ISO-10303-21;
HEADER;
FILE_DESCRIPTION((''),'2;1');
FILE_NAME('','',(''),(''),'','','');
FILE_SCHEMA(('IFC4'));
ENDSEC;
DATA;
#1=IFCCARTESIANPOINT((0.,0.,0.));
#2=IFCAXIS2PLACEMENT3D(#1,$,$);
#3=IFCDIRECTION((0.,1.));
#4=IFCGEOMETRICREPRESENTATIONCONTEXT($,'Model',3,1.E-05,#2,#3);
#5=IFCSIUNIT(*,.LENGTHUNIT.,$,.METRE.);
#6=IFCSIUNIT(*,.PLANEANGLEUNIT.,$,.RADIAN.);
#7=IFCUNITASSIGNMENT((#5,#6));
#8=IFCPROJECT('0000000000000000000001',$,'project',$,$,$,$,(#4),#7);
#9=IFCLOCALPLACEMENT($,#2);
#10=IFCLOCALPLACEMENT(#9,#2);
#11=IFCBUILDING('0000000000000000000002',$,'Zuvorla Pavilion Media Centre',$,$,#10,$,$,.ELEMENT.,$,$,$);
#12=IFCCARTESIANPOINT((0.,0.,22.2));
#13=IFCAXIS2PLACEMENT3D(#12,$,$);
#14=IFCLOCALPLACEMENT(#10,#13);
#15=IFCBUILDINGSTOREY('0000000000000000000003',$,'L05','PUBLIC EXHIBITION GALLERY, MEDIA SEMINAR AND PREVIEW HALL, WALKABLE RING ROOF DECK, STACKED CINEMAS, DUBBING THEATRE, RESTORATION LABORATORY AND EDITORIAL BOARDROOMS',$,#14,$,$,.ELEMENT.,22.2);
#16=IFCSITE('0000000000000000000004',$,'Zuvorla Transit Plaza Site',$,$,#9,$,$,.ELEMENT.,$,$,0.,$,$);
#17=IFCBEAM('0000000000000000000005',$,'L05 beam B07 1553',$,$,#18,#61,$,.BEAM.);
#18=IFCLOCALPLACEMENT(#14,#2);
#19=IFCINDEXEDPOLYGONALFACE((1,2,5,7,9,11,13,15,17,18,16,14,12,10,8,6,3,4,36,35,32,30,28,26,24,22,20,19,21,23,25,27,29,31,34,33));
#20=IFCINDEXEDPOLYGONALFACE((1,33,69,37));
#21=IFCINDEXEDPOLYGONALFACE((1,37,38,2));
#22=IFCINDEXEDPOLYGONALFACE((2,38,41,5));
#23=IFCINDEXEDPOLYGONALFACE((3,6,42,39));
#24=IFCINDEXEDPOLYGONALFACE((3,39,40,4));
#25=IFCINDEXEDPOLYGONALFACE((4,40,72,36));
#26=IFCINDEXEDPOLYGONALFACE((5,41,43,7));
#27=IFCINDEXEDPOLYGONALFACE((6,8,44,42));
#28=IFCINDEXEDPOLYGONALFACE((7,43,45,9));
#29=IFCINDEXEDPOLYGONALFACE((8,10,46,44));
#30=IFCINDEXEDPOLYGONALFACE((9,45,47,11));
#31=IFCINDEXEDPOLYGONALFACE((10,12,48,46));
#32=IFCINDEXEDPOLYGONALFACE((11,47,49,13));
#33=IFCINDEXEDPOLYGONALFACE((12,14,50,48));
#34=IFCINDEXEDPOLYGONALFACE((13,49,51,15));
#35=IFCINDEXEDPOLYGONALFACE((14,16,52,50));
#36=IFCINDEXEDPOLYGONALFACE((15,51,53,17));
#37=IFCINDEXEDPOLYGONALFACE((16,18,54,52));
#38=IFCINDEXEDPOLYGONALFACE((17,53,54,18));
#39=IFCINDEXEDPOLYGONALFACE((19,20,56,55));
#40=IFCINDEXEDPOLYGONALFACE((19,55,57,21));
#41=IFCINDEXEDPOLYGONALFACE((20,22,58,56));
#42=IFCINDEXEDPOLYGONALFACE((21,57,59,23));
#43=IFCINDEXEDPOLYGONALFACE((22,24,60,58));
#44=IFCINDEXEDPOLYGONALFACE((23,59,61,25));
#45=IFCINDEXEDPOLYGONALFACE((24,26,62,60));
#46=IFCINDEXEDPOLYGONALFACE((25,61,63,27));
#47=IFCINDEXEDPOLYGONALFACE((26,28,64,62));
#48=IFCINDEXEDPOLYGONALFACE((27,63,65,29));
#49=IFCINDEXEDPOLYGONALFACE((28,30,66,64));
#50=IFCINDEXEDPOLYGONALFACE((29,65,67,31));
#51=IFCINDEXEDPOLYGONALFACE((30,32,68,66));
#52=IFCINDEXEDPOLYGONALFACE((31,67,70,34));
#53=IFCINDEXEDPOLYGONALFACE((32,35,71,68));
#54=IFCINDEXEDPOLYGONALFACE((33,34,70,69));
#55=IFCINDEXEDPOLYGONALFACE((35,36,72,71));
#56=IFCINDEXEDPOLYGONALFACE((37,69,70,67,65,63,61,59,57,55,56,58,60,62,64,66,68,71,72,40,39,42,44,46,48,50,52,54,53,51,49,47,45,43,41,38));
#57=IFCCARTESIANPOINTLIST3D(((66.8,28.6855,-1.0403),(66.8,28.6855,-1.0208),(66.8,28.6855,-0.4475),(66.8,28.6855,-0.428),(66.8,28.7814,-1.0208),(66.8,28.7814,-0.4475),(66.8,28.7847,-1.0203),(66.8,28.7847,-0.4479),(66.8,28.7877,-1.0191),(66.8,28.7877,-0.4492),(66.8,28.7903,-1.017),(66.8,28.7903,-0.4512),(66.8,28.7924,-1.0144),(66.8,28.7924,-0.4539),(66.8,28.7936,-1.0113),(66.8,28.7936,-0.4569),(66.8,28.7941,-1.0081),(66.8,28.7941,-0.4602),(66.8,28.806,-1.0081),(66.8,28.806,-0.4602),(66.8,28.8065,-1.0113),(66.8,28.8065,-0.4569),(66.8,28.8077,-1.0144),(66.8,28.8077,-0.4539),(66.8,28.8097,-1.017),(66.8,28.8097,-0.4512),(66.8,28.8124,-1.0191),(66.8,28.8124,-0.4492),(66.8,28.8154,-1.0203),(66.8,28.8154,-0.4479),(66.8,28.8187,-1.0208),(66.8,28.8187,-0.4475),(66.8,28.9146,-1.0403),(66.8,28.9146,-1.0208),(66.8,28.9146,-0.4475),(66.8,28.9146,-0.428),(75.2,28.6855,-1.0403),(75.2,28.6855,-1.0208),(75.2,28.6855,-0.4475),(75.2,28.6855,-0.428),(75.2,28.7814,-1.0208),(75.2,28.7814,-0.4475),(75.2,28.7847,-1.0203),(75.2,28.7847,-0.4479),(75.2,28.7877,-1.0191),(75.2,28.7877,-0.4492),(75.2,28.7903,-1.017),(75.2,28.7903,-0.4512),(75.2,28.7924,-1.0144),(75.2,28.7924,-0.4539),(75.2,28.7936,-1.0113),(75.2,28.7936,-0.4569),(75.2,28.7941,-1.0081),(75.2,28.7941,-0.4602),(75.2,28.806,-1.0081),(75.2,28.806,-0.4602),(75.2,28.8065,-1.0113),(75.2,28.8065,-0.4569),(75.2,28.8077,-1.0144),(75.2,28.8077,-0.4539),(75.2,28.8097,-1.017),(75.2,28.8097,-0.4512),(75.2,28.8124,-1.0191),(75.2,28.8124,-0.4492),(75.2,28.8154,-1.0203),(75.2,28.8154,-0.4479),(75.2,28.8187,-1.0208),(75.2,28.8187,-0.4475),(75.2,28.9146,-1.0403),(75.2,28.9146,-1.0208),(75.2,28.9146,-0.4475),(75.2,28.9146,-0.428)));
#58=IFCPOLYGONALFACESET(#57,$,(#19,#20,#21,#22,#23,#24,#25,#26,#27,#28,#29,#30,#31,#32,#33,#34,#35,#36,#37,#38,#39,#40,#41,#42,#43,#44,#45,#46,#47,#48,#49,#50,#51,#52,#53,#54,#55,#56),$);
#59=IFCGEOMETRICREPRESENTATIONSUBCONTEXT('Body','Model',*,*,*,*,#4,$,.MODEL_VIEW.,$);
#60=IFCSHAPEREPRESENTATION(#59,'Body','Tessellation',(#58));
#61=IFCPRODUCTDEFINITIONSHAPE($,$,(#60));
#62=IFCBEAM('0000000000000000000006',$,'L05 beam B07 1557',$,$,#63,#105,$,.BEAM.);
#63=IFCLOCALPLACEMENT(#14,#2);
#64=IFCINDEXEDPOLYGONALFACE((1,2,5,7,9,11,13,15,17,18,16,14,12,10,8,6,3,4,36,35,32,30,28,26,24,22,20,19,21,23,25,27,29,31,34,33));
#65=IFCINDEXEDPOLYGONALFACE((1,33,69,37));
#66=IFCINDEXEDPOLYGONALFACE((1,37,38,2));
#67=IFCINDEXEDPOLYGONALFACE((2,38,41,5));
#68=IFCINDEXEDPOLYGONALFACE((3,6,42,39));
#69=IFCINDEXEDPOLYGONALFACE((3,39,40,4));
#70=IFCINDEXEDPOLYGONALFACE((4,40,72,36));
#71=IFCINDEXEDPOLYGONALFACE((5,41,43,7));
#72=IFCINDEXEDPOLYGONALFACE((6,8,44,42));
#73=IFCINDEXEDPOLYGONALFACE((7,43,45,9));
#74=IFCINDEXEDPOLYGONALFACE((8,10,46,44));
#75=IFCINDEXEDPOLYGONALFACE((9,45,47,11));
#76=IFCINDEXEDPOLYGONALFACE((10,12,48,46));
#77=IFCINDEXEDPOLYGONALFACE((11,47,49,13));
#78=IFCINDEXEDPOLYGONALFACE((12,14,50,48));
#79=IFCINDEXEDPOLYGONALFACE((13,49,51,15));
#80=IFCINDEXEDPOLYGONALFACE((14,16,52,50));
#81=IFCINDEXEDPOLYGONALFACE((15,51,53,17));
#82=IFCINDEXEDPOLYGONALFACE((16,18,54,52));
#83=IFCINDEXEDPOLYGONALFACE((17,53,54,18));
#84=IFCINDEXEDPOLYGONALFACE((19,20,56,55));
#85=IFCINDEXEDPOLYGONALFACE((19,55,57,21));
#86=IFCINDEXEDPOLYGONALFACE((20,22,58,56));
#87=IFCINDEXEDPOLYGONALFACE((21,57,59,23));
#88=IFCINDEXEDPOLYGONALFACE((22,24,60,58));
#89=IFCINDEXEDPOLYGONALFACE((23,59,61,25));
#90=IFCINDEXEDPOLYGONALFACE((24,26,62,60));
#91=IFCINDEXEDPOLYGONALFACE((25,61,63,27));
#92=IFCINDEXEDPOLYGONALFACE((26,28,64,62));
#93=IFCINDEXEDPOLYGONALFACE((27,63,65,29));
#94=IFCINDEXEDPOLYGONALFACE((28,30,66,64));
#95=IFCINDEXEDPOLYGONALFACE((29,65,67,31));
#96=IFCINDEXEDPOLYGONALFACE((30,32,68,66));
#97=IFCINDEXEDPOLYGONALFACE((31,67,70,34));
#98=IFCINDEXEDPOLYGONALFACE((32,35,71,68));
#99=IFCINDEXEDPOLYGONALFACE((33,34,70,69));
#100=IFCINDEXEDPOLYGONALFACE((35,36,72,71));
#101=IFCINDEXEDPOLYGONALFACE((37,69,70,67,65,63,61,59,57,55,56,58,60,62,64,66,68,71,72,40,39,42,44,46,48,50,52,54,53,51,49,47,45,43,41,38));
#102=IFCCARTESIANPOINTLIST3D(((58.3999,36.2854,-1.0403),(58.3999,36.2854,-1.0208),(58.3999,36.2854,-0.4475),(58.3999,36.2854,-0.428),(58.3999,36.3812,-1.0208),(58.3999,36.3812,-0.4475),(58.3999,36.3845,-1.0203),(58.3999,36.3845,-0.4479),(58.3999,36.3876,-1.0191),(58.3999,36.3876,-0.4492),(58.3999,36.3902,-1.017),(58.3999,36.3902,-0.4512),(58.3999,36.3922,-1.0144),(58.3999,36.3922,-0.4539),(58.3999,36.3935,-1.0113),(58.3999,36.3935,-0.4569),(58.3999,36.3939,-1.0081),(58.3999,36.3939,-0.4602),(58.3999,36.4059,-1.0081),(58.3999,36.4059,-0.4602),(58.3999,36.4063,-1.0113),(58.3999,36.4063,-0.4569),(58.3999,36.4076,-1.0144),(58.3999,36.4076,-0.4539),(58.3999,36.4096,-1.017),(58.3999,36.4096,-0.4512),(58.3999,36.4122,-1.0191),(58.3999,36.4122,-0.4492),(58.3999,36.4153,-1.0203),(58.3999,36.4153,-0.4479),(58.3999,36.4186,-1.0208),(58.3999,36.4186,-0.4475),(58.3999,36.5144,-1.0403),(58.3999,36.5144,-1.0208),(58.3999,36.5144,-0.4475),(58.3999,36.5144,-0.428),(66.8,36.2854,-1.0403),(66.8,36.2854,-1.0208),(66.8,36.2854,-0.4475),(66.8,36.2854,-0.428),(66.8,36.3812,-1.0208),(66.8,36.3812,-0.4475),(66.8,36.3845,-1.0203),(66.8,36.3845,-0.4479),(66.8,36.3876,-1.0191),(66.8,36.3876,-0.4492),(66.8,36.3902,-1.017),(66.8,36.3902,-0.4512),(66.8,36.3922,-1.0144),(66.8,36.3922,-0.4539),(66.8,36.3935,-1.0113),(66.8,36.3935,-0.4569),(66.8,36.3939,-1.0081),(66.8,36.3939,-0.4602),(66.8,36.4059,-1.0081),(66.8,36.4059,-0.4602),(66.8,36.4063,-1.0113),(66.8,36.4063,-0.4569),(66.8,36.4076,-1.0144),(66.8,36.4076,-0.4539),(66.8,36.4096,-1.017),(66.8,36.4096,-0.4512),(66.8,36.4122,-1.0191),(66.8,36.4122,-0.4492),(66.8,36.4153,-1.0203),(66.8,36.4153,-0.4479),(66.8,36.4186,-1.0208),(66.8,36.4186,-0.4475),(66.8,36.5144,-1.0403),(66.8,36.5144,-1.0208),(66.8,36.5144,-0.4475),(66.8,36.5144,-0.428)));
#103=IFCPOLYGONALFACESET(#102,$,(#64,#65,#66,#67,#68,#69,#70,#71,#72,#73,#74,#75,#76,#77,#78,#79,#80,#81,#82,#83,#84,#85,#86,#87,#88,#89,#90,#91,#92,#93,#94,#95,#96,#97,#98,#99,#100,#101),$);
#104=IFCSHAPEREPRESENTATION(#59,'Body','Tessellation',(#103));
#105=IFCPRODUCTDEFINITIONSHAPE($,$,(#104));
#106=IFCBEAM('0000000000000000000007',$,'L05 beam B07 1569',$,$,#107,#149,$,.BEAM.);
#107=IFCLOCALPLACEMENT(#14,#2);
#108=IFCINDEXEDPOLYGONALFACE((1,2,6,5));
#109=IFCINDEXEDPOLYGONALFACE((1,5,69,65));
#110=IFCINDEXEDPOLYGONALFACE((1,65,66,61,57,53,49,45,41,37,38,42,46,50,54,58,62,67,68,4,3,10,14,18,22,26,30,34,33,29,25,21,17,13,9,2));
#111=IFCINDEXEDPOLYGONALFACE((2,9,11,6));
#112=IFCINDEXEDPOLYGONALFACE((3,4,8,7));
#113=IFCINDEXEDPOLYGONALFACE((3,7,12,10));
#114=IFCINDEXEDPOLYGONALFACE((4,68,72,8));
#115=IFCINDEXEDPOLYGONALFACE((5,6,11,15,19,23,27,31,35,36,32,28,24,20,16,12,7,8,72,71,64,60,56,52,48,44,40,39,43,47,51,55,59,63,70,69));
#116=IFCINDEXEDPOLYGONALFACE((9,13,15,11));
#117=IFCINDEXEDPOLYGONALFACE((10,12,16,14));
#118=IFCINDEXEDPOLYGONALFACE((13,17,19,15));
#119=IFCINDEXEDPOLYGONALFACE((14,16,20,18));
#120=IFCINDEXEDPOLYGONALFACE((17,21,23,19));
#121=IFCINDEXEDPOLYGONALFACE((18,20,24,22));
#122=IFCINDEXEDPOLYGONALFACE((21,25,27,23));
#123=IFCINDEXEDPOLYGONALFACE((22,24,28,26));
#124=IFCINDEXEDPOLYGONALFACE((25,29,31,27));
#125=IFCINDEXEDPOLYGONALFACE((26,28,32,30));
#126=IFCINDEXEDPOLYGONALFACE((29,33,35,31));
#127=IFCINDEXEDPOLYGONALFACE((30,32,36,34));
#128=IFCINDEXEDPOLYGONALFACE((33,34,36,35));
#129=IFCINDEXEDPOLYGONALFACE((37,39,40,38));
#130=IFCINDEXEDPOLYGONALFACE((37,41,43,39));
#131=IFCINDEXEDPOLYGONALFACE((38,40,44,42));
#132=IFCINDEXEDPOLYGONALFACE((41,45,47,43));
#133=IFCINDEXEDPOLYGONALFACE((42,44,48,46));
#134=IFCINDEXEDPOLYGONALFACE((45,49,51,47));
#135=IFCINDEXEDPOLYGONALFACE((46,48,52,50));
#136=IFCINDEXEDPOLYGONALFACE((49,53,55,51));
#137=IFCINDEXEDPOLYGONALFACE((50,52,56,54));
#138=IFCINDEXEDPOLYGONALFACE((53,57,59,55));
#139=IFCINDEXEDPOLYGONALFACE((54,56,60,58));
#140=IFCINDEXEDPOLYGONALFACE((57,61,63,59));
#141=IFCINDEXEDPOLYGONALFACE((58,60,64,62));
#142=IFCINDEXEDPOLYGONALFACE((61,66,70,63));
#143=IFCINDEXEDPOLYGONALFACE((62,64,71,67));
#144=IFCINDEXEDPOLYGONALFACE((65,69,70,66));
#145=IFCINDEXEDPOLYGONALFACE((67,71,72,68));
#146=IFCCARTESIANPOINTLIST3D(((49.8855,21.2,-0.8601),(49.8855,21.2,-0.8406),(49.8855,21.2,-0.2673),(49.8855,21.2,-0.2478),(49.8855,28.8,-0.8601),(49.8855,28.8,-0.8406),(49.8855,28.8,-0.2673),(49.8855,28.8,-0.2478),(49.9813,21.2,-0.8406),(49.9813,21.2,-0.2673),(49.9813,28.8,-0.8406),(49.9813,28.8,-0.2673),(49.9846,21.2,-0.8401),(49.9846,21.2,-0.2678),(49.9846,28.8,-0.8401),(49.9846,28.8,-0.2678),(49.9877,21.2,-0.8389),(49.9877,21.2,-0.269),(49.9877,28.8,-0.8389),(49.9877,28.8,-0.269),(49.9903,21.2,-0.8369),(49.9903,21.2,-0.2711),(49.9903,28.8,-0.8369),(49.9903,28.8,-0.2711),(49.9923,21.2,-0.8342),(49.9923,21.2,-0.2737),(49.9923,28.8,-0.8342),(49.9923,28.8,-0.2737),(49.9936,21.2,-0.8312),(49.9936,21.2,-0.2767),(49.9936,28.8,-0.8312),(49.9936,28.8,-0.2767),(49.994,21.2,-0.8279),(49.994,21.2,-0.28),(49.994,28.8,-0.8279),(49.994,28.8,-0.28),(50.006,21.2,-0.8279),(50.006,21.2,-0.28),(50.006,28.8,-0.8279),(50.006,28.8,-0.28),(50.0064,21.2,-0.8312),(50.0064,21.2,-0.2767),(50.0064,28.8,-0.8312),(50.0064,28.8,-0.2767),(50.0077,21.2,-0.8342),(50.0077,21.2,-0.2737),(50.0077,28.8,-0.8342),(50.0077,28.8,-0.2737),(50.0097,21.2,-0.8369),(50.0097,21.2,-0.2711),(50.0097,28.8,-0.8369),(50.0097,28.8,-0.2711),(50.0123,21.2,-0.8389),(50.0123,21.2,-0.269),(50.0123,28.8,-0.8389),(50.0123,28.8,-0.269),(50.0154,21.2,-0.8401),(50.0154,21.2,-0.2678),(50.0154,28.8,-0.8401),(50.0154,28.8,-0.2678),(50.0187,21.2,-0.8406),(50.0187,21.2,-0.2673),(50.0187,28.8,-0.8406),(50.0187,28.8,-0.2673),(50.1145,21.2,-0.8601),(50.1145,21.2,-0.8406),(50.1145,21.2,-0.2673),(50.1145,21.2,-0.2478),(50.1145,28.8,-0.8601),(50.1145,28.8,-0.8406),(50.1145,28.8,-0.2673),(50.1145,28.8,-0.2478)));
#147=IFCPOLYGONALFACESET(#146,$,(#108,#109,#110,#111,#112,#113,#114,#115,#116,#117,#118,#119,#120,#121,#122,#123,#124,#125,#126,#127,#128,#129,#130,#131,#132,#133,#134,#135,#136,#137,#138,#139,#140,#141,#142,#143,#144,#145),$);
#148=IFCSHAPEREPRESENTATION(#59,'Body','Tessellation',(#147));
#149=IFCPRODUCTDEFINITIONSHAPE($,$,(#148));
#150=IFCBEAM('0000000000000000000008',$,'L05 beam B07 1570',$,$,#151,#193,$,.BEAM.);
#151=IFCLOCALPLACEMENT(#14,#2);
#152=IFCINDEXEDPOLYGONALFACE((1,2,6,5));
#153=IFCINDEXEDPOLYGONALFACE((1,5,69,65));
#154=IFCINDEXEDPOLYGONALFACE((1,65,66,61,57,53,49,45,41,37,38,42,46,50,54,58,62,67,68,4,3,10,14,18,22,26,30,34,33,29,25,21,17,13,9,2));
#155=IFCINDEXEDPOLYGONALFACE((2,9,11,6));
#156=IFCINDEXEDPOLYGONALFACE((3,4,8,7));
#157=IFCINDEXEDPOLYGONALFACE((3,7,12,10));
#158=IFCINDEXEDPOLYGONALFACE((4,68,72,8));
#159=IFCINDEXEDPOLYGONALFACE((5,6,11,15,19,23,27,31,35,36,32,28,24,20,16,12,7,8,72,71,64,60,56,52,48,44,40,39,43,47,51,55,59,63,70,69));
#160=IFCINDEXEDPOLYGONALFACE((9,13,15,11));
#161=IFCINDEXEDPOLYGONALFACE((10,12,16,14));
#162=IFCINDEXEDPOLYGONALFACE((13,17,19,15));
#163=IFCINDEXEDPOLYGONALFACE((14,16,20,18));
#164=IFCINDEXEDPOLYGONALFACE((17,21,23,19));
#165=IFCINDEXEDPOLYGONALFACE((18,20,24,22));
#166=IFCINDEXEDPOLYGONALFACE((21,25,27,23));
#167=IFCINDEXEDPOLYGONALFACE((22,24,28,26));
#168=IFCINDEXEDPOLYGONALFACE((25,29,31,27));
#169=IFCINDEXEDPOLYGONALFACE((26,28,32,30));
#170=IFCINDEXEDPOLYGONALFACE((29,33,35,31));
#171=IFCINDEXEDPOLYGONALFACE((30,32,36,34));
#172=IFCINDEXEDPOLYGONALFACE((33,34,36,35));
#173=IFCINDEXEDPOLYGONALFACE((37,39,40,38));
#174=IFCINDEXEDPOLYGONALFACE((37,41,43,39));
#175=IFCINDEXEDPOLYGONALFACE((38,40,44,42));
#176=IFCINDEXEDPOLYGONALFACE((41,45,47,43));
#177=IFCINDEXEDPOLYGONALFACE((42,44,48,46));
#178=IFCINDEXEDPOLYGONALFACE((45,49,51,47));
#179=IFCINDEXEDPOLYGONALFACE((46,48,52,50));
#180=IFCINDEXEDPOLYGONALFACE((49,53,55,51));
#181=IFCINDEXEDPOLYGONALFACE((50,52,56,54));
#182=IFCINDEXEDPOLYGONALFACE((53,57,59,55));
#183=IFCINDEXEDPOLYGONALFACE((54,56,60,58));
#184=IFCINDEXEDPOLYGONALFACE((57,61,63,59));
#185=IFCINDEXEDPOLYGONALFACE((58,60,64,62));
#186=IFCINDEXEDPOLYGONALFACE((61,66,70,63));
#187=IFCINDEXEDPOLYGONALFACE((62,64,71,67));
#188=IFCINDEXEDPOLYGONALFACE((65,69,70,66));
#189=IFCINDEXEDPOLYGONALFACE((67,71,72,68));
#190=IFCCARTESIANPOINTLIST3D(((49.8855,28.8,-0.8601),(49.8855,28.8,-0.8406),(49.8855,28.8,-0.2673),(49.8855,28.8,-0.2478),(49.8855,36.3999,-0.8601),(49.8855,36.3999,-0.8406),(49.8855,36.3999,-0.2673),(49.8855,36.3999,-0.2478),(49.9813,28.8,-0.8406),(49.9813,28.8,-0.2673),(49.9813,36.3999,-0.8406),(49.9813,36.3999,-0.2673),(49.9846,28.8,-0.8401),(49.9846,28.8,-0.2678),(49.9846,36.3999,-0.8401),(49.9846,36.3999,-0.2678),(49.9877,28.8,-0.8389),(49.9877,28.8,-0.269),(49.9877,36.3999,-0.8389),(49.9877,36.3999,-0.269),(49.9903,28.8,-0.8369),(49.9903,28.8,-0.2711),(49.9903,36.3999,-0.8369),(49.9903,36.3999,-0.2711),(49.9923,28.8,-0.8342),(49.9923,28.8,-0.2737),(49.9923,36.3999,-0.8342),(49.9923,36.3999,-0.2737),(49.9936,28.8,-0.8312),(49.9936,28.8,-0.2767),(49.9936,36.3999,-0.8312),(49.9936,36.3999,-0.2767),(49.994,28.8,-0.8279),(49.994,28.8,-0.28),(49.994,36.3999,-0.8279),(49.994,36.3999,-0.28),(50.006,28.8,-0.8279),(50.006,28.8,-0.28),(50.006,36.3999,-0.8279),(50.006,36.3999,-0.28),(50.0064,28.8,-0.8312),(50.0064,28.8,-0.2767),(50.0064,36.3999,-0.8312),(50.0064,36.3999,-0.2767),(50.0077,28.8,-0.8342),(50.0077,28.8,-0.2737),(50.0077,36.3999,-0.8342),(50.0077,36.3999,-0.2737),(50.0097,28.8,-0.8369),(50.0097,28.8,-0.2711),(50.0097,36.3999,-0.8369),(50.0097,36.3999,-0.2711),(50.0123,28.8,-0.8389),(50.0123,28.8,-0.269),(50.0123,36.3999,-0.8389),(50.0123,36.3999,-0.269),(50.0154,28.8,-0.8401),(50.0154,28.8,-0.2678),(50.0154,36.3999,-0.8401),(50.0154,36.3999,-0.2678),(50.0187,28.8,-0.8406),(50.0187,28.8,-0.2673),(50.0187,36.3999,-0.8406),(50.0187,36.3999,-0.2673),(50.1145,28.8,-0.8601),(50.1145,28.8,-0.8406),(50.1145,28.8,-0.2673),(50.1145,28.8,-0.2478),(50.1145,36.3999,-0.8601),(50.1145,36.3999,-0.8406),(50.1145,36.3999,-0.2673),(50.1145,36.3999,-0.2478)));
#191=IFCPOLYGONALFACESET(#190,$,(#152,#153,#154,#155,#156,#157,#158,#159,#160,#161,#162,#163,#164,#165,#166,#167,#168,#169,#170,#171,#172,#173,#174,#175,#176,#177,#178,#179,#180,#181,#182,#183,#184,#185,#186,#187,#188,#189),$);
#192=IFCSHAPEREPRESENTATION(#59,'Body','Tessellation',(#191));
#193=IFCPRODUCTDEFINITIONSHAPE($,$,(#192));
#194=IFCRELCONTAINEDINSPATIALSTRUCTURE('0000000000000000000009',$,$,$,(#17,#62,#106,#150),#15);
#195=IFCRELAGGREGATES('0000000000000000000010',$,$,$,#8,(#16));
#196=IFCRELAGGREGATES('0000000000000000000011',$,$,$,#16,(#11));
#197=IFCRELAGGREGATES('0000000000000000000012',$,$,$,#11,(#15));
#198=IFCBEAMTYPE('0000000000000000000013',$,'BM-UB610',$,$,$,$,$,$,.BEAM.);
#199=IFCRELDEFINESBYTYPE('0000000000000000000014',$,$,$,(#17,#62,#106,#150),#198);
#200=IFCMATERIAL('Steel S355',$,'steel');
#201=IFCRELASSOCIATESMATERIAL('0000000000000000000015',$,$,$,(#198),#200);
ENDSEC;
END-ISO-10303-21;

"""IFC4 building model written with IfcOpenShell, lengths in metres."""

from ifc_helpers import new_model, si_unit, direction, frame, origin, origin_2d, place, context, subcontext, project, spatial, i_section, extrude, material, material_profile, profile_set, type_object, element, save


model = new_model("IFC4")

# Units and contexts
model_context = context("Model", 3, precision=1e-05, world=origin(), true_north=direction((0.0, 1.0)))
body_context = subcontext(model_context, "Body", "Model", "MODEL_VIEW")
ifc_project = project(units=[si_unit("LENGTHUNIT", "METRE"), si_unit("PLANEANGLEUNIT", "RADIAN")], contexts=[model_context])

# Site, building, storey
site_placement = place(None, origin())
site = spatial("IfcSite", under=ifc_project, at=site_placement, Name="Zuvorla Transit Plaza Site", CompositionType="ELEMENT", RefElevation=0.0)
building_placement = place(site_placement, origin())
building = spatial("IfcBuilding", under=site, at=building_placement, Name="Zuvorla Pavilion Media Centre", CompositionType="ELEMENT")
storey_placement = place(building_placement, frame((0.0, 0.0, 22.2)))
storey = spatial("IfcBuildingStorey", under=building, at=storey_placement, Name="L05", Description="PUBLIC EXHIBITION GALLERY, MEDIA SEMINAR AND PREVIEW HALL, WALKABLE RING ROOF DECK, STACKED CINEMAS, DUBBING THEATRE, RESTORATION LABORATORY AND EDITORIAL BOARDROOMS", CompositionType="ELEMENT", Elevation=22.2)

# Beams
ifc_material_1 = material(Name="Steel S355", Category="steel")
ifc_material_profile_1 = material_profile(ifc_material_1, i_section(OverallWidth=0.229, OverallDepth=0.6123, WebThickness=0.012, FlangeThickness=0.0195, FilletRadius=0.0127, at=origin_2d()), Name="UB 610x229x125")
ifc_profile_set_1 = profile_set([ifc_material_profile_1], Name="Steel S355")
beam_type_1 = type_object("IfcBeamType", Name="BM-UB610", PredefinedType="BEAM", material=ifc_profile_set_1)
beam_1_placement = place(storey_placement, frame((66.8, 28.8, -0.7341), z_axis=(1.0, 0.0, 0.0), x_axis=(0.0, 1.0, 0.0)))
element("IfcBeam", 1, at=beam_1_placement, inside=storey, type_object=beam_type_1, Name="L05 beam B07 1553", PredefinedType="BEAM", context=body_context, shape_type="SweptSolid", body=[
    extrude(i_section(OverallWidth=0.229, OverallDepth=0.6123, WebThickness=0.012, FlangeThickness=0.0195, FilletRadius=0.0127, at=origin_2d()), origin(), (0.0, 0.0, 1.0), 8.3999),
])
beam_2_placement = place(storey_placement, frame((58.3999, 36.3999, -0.7341), z_axis=(1.0, 0.0, 0.0), x_axis=(0.0, 1.0, 0.0)))
element("IfcBeam", 2, at=beam_2_placement, inside=storey, type_object=beam_type_1, Name="L05 beam B07 1557", PredefinedType="BEAM", context=body_context, shape_type="SweptSolid", body=[
    extrude(i_section(OverallWidth=0.229, OverallDepth=0.6123, WebThickness=0.012, FlangeThickness=0.0195, FilletRadius=0.0127, at=origin_2d()), origin(), (0.0, 0.0, 1.0), 8.4001),
])
beam_3_placement = place(storey_placement, frame((50.0, 21.2, -0.554), z_axis=(0.0, 1.0, 0.0), x_axis=(-1.0, 0.0, 0.0)))
element("IfcBeam", 3, at=beam_3_placement, inside=storey, type_object=beam_type_1, Name="L05 beam B07 1569", PredefinedType="BEAM", context=body_context, shape_type="SweptSolid", body=[
    extrude(i_section(OverallWidth=0.229, OverallDepth=0.6123, WebThickness=0.012, FlangeThickness=0.0195, FilletRadius=0.0127, at=origin_2d()), origin(), (0.0, 0.0, 1.0), 7.6001),
])
beam_4_placement = place(storey_placement, frame((50.0, 28.8, -0.554), z_axis=(0.0, 1.0, 0.0), x_axis=(-1.0, 0.0, 0.0)))
element("IfcBeam", 4, at=beam_4_placement, inside=storey, type_object=beam_type_1, Name="L05 beam B07 1570", PredefinedType="BEAM", context=body_context, shape_type="SweptSolid", body=[
    extrude(i_section(OverallWidth=0.229, OverallDepth=0.6123, WebThickness=0.012, FlangeThickness=0.0195, FilletRadius=0.0127, at=origin_2d()), origin(), (0.0, 0.0, 1.0), 7.5999),
])

save(model, "model.ifc")
